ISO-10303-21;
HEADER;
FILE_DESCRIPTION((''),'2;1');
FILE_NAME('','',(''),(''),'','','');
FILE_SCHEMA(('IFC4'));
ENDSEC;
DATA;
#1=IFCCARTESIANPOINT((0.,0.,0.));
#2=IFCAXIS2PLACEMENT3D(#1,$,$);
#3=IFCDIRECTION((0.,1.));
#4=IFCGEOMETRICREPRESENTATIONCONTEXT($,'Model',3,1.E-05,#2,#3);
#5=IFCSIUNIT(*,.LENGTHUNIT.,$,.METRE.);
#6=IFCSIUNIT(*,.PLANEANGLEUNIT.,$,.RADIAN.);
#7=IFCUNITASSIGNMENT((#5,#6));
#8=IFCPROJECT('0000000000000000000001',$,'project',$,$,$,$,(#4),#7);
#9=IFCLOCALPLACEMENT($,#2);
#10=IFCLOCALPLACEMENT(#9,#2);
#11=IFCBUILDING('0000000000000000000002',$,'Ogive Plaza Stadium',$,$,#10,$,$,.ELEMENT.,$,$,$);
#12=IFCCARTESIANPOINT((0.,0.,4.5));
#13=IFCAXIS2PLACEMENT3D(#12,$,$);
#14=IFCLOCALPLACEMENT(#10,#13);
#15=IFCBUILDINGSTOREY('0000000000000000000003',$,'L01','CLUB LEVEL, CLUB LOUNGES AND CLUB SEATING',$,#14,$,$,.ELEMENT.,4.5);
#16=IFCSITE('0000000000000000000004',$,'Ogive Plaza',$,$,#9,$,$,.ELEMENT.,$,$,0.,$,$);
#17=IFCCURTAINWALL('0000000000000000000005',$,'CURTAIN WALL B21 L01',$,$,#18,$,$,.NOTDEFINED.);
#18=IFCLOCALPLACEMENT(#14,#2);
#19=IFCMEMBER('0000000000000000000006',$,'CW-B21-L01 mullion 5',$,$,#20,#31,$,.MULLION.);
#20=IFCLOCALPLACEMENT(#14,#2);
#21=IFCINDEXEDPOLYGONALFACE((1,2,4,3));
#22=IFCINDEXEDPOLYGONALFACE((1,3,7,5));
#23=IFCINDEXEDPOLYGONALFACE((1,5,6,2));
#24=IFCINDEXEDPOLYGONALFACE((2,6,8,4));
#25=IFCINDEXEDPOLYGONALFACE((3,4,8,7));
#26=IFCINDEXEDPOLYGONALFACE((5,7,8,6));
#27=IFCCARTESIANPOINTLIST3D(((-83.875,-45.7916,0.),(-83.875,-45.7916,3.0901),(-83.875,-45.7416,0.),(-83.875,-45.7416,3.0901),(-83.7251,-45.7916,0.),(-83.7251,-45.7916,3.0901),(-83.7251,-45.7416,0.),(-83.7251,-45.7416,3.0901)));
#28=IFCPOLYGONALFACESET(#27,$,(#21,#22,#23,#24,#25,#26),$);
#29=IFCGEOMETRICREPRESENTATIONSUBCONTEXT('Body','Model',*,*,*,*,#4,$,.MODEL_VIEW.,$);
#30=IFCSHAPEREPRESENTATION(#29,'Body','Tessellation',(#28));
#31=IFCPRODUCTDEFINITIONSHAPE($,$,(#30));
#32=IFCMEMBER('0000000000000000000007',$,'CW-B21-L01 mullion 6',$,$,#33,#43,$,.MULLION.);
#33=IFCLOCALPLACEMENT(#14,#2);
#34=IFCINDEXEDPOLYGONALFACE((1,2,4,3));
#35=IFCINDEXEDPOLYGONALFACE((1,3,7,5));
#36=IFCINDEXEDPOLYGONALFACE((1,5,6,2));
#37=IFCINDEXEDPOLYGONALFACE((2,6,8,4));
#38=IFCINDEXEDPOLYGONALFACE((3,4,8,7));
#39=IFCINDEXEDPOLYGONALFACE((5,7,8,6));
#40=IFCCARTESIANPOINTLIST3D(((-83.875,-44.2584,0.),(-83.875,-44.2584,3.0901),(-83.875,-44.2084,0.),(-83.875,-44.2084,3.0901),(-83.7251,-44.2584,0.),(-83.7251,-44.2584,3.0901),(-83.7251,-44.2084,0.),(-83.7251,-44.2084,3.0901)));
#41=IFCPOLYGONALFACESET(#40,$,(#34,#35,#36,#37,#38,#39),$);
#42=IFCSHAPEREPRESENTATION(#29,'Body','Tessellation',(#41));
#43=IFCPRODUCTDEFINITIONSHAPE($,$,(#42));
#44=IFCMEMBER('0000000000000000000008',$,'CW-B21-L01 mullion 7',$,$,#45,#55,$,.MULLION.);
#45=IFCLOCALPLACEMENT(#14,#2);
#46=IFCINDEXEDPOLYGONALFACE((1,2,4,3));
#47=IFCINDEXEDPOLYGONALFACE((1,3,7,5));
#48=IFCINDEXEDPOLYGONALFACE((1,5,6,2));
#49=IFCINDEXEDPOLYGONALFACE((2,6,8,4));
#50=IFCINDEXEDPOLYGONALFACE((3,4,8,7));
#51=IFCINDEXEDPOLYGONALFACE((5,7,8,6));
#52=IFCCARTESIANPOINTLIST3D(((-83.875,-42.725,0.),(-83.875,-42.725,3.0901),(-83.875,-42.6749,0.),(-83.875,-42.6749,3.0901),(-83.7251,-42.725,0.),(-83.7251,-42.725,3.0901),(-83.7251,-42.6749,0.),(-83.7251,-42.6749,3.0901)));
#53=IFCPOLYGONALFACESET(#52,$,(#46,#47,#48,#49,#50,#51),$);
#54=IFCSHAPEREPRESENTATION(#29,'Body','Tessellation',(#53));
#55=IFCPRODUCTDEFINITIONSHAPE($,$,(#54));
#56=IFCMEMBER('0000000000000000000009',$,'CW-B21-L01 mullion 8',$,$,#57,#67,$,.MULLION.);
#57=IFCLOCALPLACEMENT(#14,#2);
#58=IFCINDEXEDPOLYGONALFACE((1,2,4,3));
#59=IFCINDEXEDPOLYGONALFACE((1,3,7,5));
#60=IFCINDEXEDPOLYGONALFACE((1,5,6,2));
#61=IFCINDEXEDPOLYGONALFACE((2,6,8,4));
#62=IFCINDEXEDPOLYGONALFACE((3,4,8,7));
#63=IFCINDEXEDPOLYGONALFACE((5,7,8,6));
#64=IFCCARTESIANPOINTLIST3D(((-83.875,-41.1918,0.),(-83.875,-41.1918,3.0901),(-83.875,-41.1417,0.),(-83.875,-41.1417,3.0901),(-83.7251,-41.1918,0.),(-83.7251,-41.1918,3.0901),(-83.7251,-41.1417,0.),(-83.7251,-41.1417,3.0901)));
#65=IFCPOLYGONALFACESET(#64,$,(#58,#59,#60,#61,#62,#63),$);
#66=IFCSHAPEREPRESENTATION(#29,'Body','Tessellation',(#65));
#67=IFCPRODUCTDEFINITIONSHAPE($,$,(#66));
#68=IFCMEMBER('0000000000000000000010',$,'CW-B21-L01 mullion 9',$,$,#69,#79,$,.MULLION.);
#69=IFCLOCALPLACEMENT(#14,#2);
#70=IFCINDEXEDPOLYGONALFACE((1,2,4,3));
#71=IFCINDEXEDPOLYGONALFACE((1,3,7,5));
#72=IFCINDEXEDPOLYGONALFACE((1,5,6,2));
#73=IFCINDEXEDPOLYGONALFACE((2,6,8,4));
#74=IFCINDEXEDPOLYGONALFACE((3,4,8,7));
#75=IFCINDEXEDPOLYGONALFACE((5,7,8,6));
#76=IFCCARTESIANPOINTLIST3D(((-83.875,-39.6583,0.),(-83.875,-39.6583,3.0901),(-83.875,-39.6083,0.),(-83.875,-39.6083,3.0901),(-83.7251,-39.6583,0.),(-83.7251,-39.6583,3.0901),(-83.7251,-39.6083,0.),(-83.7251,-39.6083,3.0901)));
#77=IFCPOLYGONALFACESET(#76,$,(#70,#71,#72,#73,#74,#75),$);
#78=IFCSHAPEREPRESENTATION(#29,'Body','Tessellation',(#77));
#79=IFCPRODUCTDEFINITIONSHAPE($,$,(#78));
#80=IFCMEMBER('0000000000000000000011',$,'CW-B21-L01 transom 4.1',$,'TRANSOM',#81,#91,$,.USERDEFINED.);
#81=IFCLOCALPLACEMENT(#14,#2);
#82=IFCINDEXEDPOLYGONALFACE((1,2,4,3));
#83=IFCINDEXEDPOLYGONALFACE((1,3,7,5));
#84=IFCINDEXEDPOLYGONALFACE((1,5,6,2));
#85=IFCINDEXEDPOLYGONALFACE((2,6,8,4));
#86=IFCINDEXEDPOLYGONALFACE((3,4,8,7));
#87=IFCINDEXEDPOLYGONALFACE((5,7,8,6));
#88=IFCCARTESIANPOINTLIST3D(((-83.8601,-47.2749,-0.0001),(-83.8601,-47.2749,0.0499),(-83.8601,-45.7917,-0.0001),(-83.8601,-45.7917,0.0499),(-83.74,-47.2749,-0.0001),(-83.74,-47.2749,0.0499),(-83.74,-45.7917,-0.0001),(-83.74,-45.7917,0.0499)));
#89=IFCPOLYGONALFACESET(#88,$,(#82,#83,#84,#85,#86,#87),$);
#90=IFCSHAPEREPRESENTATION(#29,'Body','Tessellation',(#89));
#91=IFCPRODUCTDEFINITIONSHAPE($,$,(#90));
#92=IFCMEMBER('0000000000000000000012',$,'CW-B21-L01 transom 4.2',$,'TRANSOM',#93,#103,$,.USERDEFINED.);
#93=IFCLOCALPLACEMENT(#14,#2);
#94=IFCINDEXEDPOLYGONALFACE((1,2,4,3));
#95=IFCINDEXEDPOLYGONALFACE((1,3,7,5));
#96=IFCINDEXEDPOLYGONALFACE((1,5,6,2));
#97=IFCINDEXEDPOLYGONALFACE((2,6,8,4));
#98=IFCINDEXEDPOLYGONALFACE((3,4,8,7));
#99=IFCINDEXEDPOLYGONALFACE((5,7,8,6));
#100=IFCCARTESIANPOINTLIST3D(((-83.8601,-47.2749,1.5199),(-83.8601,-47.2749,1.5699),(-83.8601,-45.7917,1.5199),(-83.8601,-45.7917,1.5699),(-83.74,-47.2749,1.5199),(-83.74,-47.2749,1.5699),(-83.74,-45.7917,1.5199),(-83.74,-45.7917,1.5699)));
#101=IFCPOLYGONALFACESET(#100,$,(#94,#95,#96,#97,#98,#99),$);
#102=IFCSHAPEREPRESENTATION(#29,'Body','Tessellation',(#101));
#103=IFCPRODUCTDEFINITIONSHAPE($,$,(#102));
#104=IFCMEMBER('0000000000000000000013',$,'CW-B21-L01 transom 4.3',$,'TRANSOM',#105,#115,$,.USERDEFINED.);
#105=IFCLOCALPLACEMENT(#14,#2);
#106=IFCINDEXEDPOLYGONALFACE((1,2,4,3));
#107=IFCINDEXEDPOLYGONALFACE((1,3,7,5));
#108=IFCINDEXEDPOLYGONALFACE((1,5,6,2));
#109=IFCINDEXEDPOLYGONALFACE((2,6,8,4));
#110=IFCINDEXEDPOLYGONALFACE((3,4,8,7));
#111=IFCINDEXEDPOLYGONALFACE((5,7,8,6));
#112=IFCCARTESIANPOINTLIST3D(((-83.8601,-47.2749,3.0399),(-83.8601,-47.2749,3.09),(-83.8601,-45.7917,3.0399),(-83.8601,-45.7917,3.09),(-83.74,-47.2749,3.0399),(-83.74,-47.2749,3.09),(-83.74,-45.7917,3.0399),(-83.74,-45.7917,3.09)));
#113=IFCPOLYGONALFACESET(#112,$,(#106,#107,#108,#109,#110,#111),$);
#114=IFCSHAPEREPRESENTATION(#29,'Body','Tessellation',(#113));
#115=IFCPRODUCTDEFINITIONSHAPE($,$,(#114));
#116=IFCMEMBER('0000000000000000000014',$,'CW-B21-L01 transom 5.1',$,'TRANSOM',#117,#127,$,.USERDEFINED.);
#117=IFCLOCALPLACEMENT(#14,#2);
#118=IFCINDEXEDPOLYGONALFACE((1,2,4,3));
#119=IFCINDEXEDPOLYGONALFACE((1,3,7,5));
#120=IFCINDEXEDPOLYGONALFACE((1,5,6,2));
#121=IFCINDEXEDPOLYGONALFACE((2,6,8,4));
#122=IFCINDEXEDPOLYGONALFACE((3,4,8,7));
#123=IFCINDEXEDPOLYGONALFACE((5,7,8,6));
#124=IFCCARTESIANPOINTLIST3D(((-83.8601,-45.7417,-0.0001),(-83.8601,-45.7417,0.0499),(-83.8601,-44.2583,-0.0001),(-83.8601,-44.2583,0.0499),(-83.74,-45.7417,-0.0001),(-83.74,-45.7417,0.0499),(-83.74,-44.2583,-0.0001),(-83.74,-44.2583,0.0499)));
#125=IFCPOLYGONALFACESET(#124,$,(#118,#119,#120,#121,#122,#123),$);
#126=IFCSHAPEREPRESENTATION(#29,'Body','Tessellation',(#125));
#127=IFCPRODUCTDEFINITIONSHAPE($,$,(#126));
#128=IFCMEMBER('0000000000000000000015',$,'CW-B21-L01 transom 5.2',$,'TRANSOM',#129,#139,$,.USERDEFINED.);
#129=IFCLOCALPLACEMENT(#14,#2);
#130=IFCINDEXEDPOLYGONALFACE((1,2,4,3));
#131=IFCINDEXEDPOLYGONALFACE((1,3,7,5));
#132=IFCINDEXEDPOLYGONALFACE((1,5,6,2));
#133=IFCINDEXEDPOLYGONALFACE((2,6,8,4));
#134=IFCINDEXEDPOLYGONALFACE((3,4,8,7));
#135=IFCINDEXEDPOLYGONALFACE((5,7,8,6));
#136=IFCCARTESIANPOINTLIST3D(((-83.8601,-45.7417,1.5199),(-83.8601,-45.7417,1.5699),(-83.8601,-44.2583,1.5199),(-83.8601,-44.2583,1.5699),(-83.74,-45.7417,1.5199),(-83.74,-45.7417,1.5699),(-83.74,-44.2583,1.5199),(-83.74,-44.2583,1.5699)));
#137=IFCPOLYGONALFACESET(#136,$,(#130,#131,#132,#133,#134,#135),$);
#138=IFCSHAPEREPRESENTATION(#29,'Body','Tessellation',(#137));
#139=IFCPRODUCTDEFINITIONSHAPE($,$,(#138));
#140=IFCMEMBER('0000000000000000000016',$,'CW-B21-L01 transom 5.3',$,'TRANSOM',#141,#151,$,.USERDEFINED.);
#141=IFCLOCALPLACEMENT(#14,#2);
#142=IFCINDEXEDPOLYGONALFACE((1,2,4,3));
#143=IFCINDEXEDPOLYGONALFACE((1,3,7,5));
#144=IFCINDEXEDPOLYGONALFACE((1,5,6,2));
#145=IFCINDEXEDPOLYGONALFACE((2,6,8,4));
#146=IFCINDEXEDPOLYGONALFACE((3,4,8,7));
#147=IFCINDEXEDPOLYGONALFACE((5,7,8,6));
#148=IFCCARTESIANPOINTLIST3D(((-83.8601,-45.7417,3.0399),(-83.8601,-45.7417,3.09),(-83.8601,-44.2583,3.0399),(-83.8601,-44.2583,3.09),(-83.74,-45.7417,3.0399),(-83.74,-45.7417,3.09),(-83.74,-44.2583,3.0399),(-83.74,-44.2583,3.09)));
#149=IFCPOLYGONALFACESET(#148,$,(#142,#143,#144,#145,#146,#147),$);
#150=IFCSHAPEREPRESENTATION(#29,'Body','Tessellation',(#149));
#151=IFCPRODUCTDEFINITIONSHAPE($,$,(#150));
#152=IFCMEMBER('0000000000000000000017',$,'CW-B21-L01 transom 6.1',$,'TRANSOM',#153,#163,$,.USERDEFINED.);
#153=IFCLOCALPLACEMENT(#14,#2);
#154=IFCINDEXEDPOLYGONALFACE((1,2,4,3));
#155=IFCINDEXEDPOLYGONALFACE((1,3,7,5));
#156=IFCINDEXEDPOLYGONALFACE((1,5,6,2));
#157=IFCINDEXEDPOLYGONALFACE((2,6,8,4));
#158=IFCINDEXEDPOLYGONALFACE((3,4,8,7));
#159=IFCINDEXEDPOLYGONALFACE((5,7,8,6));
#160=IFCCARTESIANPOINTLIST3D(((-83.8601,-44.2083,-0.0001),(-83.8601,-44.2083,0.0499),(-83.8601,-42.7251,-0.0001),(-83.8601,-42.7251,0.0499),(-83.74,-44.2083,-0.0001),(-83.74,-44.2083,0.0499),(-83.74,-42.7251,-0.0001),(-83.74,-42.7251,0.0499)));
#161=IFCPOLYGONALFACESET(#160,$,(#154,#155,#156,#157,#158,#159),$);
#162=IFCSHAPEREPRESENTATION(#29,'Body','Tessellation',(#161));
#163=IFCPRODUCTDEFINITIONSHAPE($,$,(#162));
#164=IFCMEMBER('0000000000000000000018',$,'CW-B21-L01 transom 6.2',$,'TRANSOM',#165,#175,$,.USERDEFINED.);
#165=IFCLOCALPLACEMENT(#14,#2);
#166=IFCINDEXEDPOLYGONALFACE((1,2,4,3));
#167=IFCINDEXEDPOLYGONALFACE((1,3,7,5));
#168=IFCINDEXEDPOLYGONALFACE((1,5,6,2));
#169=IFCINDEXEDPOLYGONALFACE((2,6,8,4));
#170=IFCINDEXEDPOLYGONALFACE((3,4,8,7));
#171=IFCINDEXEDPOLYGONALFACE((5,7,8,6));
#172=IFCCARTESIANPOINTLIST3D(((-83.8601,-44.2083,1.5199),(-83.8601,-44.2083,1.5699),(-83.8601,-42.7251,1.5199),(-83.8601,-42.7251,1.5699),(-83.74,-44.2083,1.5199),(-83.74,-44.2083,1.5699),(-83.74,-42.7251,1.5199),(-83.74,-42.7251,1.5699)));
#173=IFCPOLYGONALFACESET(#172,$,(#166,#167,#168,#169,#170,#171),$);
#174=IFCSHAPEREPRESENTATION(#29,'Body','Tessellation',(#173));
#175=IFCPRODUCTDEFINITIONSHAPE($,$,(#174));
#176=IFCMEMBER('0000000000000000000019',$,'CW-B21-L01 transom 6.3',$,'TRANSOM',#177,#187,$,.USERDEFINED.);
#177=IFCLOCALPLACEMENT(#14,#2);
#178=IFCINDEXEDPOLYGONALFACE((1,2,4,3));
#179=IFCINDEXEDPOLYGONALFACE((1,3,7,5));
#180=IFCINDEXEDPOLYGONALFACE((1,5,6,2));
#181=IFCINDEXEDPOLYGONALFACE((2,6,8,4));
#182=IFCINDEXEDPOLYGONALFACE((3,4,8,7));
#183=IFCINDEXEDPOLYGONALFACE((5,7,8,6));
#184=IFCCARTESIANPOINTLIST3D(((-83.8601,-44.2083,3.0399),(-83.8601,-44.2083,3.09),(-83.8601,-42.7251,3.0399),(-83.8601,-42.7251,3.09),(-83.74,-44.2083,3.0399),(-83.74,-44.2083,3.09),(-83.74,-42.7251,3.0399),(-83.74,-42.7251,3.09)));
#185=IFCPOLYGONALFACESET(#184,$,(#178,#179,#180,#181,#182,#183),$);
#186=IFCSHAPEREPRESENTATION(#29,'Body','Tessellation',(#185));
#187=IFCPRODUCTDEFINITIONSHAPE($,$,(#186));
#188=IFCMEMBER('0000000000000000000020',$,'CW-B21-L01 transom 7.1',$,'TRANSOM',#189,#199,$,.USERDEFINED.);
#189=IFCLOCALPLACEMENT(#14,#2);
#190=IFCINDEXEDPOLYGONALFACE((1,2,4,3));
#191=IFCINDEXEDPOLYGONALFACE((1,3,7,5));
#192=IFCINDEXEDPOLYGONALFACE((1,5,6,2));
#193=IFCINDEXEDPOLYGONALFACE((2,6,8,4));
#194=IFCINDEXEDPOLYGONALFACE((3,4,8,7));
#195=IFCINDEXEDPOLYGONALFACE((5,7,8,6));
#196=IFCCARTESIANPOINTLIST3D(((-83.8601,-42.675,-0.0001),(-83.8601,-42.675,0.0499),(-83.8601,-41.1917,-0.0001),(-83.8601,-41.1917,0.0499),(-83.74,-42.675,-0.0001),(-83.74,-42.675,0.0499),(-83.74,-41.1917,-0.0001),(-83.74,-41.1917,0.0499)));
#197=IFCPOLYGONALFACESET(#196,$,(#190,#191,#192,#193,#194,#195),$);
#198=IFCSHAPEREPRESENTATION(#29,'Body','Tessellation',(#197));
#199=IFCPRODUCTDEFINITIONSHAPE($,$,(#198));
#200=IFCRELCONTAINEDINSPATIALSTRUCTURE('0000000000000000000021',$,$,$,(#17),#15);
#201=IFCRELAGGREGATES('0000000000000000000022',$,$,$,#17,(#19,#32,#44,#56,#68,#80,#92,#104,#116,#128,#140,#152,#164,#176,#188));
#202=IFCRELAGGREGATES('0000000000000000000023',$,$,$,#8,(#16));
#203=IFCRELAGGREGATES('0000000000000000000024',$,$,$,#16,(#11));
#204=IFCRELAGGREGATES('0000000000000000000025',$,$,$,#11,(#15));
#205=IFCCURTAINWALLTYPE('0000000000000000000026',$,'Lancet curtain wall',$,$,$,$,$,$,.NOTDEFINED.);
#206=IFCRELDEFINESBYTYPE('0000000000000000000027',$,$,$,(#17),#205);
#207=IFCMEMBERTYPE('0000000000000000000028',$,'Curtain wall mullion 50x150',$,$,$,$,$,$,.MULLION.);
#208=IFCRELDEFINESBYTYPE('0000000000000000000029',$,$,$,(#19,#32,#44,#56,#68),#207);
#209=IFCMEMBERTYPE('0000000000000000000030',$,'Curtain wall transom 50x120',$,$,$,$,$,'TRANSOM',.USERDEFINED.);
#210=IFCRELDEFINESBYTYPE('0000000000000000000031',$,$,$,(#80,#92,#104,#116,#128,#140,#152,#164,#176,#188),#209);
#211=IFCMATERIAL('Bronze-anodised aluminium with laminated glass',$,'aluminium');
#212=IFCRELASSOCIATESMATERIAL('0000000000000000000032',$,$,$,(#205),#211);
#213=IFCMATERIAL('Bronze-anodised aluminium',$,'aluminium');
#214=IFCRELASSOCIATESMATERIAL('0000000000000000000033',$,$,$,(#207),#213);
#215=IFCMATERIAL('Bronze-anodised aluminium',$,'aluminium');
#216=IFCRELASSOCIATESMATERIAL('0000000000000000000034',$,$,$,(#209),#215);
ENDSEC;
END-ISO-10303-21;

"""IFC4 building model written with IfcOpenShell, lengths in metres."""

from ifc_helpers import new_model, si_unit, direction, frame, origin, origin_2d, place, context, subcontext, project, spatial, rectangle, extrude, material, material_profile, profile_set, type_object, element, aggregate, save


model = new_model("IFC4")

# Units and contexts
model_context = context("Model", 3, precision=1e-05, world=origin(), true_north=direction((0.0, 1.0)))
body_context = subcontext(model_context, "Body", "Model", "MODEL_VIEW")
ifc_project = project(units=[si_unit("LENGTHUNIT", "METRE"), si_unit("PLANEANGLEUNIT", "RADIAN")], contexts=[model_context])

# Site, building, storey
site_placement = place(None, origin())
site = spatial("IfcSite", under=ifc_project, at=site_placement, Name="Ogive Plaza", CompositionType="ELEMENT", RefElevation=0.0)
building_placement = place(site_placement, origin())
building = spatial("IfcBuilding", under=site, at=building_placement, Name="Ogive Plaza Stadium", CompositionType="ELEMENT")
storey_placement = place(building_placement, frame((0.0, 0.0, 4.5)))
storey = spatial("IfcBuildingStorey", under=building, at=storey_placement, Name="L01", Description="CLUB LEVEL, CLUB LOUNGES AND CLUB SEATING", CompositionType="ELEMENT", Elevation=4.5)

# Curtain wall, members
ifc_material_1 = material(Name="Bronze-anodised aluminium with laminated glass", Category="aluminium")
curtain_wall_type = type_object("IfcCurtainWallType", Name="Lancet curtain wall", PredefinedType="NOTDEFINED", material=ifc_material_1)
curtain_wall_placement = place(storey_placement, origin())
curtain_wall = element("IfcCurtainWall", 1, at=curtain_wall_placement, inside=storey, type_object=curtain_wall_type, Name="CURTAIN WALL B21 L01", PredefinedType="NOTDEFINED")
ifc_material_2 = material(Name="Bronze-anodised aluminium", Category="aluminium")
ifc_material_profile_1 = material_profile(ifc_material_2, rectangle(XDim=0.1499, YDim=0.05, at=origin_2d()), Name="AL 150x50")
ifc_profile_set_1 = profile_set([ifc_material_profile_1], Name="Bronze-anodised aluminium")
member_type_1 = type_object("IfcMemberType", Name="Curtain wall mullion 50x150", PredefinedType="MULLION", material=ifc_profile_set_1)
member_1_placement = place(storey_placement, frame((-83.8, -45.7666, 0.0), z_axis=(0.0, 0.0, 1.0), x_axis=(-1.0, 0.0, 0.0)))
member_1 = element("IfcMember", 2, at=member_1_placement, type_object=member_type_1, Name="CW-B21-L01 mullion 5", PredefinedType="MULLION", context=body_context, shape_type="SweptSolid", body=[
    extrude(rectangle(XDim=0.1499, YDim=0.05, at=origin_2d()), origin(), (0.0, 0.0, 1.0), 3.0901),
])
member_2_placement = place(storey_placement, frame((-83.8, -44.2334, 0.0), z_axis=(0.0, 0.0, 1.0), x_axis=(-1.0, 0.0, 0.0)))
member_2 = element("IfcMember", 3, at=member_2_placement, type_object=member_type_1, Name="CW-B21-L01 mullion 6", PredefinedType="MULLION", context=body_context, shape_type="SweptSolid", body=[
    extrude(rectangle(XDim=0.1499, YDim=0.05, at=origin_2d()), origin(), (0.0, 0.0, 1.0), 3.0901),
])
member_3_placement = place(storey_placement, frame((-83.8, -42.7, 0.0), z_axis=(0.0, 0.0, 1.0), x_axis=(-1.0, 0.0, 0.0)))
member_3 = element("IfcMember", 4, at=member_3_placement, type_object=member_type_1, Name="CW-B21-L01 mullion 7", PredefinedType="MULLION", context=body_context, shape_type="SweptSolid", body=[
    extrude(rectangle(XDim=0.1499, YDim=0.05, at=origin_2d()), origin(), (0.0, 0.0, 1.0), 3.0901),
])
member_4_placement = place(storey_placement, frame((-83.8, -41.1667, 0.0), z_axis=(0.0, 0.0, 1.0), x_axis=(-1.0, 0.0, 0.0)))
member_4 = element("IfcMember", 5, at=member_4_placement, type_object=member_type_1, Name="CW-B21-L01 mullion 8", PredefinedType="MULLION", context=body_context, shape_type="SweptSolid", body=[
    extrude(rectangle(XDim=0.1499, YDim=0.05, at=origin_2d()), origin(), (0.0, 0.0, 1.0), 3.0901),
])
member_5_placement = place(storey_placement, frame((-83.8, -39.6333, 0.0), z_axis=(0.0, 0.0, 1.0), x_axis=(-1.0, 0.0, 0.0)))
member_5 = element("IfcMember", 6, at=member_5_placement, type_object=member_type_1, Name="CW-B21-L01 mullion 9", PredefinedType="MULLION", context=body_context, shape_type="SweptSolid", body=[
    extrude(rectangle(XDim=0.1499, YDim=0.05, at=origin_2d()), origin(), (0.0, 0.0, 1.0), 3.0901),
])
ifc_material_3 = material(Name="Bronze-anodised aluminium", Category="aluminium")
ifc_material_profile_2 = material_profile(ifc_material_3, rectangle(XDim=0.1201, YDim=0.05, at=origin_2d()), Name="AL 120x50")
ifc_profile_set_2 = profile_set([ifc_material_profile_2], Name="Bronze-anodised aluminium")
member_type_2 = type_object("IfcMemberType", Name="Curtain wall transom 50x120", ElementType="TRANSOM", PredefinedType="USERDEFINED", material=ifc_profile_set_2)
member_6_placement = place(storey_placement, frame((-83.8, -47.2749, 0.0249), z_axis=(0.0, 1.0, 0.0), x_axis=(-1.0, 0.0, 0.0)))
member_6 = element("IfcMember", 7, at=member_6_placement, type_object=member_type_2, Name="CW-B21-L01 transom 4.1", ObjectType="TRANSOM", PredefinedType="USERDEFINED", context=body_context, shape_type="SweptSolid", body=[
    extrude(rectangle(XDim=0.1201, YDim=0.05, at=origin_2d()), origin(), (0.0, 0.0, 1.0), 1.4832),
])
member_7_placement = place(storey_placement, frame((-83.8, -47.2749, 1.5449), z_axis=(0.0, 1.0, 0.0), x_axis=(-1.0, 0.0, 0.0)))
member_7 = element("IfcMember", 8, at=member_7_placement, type_object=member_type_2, Name="CW-B21-L01 transom 4.2", ObjectType="TRANSOM", PredefinedType="USERDEFINED", context=body_context, shape_type="SweptSolid", body=[
    extrude(rectangle(XDim=0.1201, YDim=0.05, at=origin_2d()), origin(), (0.0, 0.0, 1.0), 1.4832),
])
member_8_placement = place(storey_placement, frame((-83.8, -47.2749, 3.0649), z_axis=(0.0, 1.0, 0.0), x_axis=(-1.0, 0.0, 0.0)))
member_8 = element("IfcMember", 9, at=member_8_placement, type_object=member_type_2, Name="CW-B21-L01 transom 4.3", ObjectType="TRANSOM", PredefinedType="USERDEFINED", context=body_context, shape_type="SweptSolid", body=[
    extrude(rectangle(XDim=0.1201, YDim=0.05, at=origin_2d()), origin(), (0.0, 0.0, 1.0), 1.4832),
])
member_9_placement = place(storey_placement, frame((-83.8, -45.7417, 0.0249), z_axis=(0.0, 1.0, 0.0), x_axis=(-1.0, 0.0, 0.0)))
member_9 = element("IfcMember", 10, at=member_9_placement, type_object=member_type_2, Name="CW-B21-L01 transom 5.1", ObjectType="TRANSOM", PredefinedType="USERDEFINED", context=body_context, shape_type="SweptSolid", body=[
    extrude(rectangle(XDim=0.1201, YDim=0.05, at=origin_2d()), origin(), (0.0, 0.0, 1.0), 1.4834),
])
member_10_placement = place(storey_placement, frame((-83.8, -45.7417, 1.5449), z_axis=(0.0, 1.0, 0.0), x_axis=(-1.0, 0.0, 0.0)))
member_10 = element("IfcMember", 11, at=member_10_placement, type_object=member_type_2, Name="CW-B21-L01 transom 5.2", ObjectType="TRANSOM", PredefinedType="USERDEFINED", context=body_context, shape_type="SweptSolid", body=[
    extrude(rectangle(XDim=0.1201, YDim=0.05, at=origin_2d()), origin(), (0.0, 0.0, 1.0), 1.4834),
])
member_11_placement = place(storey_placement, frame((-83.8, -45.7417, 3.0649), z_axis=(0.0, 1.0, 0.0), x_axis=(-1.0, 0.0, 0.0)))
member_11 = element("IfcMember", 12, at=member_11_placement, type_object=member_type_2, Name="CW-B21-L01 transom 5.3", ObjectType="TRANSOM", PredefinedType="USERDEFINED", context=body_context, shape_type="SweptSolid", body=[
    extrude(rectangle(XDim=0.1201, YDim=0.05, at=origin_2d()), origin(), (0.0, 0.0, 1.0), 1.4834),
])
member_12_placement = place(storey_placement, frame((-83.8, -44.2083, 0.0249), z_axis=(0.0, 1.0, 0.0), x_axis=(-1.0, 0.0, 0.0)))
member_12 = element("IfcMember", 13, at=member_12_placement, type_object=member_type_2, Name="CW-B21-L01 transom 6.1", ObjectType="TRANSOM", PredefinedType="USERDEFINED", context=body_context, shape_type="SweptSolid", body=[
    extrude(rectangle(XDim=0.1201, YDim=0.05, at=origin_2d()), origin(), (0.0, 0.0, 1.0), 1.4832),
])
member_13_placement = place(storey_placement, frame((-83.8, -44.2083, 1.5449), z_axis=(0.0, 1.0, 0.0), x_axis=(-1.0, 0.0, 0.0)))
member_13 = element("IfcMember", 14, at=member_13_placement, type_object=member_type_2, Name="CW-B21-L01 transom 6.2", ObjectType="TRANSOM", PredefinedType="USERDEFINED", context=body_context, shape_type="SweptSolid", body=[
    extrude(rectangle(XDim=0.1201, YDim=0.05, at=origin_2d()), origin(), (0.0, 0.0, 1.0), 1.4832),
])
member_14_placement = place(storey_placement, frame((-83.8, -44.2083, 3.0649), z_axis=(0.0, 1.0, 0.0), x_axis=(-1.0, 0.0, 0.0)))
member_14 = element("IfcMember", 15, at=member_14_placement, type_object=member_type_2, Name="CW-B21-L01 transom 6.3", ObjectType="TRANSOM", PredefinedType="USERDEFINED", context=body_context, shape_type="SweptSolid", body=[
    extrude(rectangle(XDim=0.1201, YDim=0.05, at=origin_2d()), origin(), (0.0, 0.0, 1.0), 1.4832),
])
member_15_placement = place(storey_placement, frame((-83.8, -42.675, 0.0249), z_axis=(0.0, 1.0, 0.0), x_axis=(-1.0, 0.0, 0.0)))
member_15 = element("IfcMember", 16, at=member_15_placement, type_object=member_type_2, Name="CW-B21-L01 transom 7.1", ObjectType="TRANSOM", PredefinedType="USERDEFINED", context=body_context, shape_type="SweptSolid", body=[
    extrude(rectangle(XDim=0.1201, YDim=0.05, at=origin_2d()), origin(), (0.0, 0.0, 1.0), 1.4834),
])
aggregate(curtain_wall, [member_1, member_2, member_3, member_4, member_5, member_6, member_7, member_8, member_9, member_10, member_11, member_12, member_13, member_14, member_15])

save(model, "model.ifc")
